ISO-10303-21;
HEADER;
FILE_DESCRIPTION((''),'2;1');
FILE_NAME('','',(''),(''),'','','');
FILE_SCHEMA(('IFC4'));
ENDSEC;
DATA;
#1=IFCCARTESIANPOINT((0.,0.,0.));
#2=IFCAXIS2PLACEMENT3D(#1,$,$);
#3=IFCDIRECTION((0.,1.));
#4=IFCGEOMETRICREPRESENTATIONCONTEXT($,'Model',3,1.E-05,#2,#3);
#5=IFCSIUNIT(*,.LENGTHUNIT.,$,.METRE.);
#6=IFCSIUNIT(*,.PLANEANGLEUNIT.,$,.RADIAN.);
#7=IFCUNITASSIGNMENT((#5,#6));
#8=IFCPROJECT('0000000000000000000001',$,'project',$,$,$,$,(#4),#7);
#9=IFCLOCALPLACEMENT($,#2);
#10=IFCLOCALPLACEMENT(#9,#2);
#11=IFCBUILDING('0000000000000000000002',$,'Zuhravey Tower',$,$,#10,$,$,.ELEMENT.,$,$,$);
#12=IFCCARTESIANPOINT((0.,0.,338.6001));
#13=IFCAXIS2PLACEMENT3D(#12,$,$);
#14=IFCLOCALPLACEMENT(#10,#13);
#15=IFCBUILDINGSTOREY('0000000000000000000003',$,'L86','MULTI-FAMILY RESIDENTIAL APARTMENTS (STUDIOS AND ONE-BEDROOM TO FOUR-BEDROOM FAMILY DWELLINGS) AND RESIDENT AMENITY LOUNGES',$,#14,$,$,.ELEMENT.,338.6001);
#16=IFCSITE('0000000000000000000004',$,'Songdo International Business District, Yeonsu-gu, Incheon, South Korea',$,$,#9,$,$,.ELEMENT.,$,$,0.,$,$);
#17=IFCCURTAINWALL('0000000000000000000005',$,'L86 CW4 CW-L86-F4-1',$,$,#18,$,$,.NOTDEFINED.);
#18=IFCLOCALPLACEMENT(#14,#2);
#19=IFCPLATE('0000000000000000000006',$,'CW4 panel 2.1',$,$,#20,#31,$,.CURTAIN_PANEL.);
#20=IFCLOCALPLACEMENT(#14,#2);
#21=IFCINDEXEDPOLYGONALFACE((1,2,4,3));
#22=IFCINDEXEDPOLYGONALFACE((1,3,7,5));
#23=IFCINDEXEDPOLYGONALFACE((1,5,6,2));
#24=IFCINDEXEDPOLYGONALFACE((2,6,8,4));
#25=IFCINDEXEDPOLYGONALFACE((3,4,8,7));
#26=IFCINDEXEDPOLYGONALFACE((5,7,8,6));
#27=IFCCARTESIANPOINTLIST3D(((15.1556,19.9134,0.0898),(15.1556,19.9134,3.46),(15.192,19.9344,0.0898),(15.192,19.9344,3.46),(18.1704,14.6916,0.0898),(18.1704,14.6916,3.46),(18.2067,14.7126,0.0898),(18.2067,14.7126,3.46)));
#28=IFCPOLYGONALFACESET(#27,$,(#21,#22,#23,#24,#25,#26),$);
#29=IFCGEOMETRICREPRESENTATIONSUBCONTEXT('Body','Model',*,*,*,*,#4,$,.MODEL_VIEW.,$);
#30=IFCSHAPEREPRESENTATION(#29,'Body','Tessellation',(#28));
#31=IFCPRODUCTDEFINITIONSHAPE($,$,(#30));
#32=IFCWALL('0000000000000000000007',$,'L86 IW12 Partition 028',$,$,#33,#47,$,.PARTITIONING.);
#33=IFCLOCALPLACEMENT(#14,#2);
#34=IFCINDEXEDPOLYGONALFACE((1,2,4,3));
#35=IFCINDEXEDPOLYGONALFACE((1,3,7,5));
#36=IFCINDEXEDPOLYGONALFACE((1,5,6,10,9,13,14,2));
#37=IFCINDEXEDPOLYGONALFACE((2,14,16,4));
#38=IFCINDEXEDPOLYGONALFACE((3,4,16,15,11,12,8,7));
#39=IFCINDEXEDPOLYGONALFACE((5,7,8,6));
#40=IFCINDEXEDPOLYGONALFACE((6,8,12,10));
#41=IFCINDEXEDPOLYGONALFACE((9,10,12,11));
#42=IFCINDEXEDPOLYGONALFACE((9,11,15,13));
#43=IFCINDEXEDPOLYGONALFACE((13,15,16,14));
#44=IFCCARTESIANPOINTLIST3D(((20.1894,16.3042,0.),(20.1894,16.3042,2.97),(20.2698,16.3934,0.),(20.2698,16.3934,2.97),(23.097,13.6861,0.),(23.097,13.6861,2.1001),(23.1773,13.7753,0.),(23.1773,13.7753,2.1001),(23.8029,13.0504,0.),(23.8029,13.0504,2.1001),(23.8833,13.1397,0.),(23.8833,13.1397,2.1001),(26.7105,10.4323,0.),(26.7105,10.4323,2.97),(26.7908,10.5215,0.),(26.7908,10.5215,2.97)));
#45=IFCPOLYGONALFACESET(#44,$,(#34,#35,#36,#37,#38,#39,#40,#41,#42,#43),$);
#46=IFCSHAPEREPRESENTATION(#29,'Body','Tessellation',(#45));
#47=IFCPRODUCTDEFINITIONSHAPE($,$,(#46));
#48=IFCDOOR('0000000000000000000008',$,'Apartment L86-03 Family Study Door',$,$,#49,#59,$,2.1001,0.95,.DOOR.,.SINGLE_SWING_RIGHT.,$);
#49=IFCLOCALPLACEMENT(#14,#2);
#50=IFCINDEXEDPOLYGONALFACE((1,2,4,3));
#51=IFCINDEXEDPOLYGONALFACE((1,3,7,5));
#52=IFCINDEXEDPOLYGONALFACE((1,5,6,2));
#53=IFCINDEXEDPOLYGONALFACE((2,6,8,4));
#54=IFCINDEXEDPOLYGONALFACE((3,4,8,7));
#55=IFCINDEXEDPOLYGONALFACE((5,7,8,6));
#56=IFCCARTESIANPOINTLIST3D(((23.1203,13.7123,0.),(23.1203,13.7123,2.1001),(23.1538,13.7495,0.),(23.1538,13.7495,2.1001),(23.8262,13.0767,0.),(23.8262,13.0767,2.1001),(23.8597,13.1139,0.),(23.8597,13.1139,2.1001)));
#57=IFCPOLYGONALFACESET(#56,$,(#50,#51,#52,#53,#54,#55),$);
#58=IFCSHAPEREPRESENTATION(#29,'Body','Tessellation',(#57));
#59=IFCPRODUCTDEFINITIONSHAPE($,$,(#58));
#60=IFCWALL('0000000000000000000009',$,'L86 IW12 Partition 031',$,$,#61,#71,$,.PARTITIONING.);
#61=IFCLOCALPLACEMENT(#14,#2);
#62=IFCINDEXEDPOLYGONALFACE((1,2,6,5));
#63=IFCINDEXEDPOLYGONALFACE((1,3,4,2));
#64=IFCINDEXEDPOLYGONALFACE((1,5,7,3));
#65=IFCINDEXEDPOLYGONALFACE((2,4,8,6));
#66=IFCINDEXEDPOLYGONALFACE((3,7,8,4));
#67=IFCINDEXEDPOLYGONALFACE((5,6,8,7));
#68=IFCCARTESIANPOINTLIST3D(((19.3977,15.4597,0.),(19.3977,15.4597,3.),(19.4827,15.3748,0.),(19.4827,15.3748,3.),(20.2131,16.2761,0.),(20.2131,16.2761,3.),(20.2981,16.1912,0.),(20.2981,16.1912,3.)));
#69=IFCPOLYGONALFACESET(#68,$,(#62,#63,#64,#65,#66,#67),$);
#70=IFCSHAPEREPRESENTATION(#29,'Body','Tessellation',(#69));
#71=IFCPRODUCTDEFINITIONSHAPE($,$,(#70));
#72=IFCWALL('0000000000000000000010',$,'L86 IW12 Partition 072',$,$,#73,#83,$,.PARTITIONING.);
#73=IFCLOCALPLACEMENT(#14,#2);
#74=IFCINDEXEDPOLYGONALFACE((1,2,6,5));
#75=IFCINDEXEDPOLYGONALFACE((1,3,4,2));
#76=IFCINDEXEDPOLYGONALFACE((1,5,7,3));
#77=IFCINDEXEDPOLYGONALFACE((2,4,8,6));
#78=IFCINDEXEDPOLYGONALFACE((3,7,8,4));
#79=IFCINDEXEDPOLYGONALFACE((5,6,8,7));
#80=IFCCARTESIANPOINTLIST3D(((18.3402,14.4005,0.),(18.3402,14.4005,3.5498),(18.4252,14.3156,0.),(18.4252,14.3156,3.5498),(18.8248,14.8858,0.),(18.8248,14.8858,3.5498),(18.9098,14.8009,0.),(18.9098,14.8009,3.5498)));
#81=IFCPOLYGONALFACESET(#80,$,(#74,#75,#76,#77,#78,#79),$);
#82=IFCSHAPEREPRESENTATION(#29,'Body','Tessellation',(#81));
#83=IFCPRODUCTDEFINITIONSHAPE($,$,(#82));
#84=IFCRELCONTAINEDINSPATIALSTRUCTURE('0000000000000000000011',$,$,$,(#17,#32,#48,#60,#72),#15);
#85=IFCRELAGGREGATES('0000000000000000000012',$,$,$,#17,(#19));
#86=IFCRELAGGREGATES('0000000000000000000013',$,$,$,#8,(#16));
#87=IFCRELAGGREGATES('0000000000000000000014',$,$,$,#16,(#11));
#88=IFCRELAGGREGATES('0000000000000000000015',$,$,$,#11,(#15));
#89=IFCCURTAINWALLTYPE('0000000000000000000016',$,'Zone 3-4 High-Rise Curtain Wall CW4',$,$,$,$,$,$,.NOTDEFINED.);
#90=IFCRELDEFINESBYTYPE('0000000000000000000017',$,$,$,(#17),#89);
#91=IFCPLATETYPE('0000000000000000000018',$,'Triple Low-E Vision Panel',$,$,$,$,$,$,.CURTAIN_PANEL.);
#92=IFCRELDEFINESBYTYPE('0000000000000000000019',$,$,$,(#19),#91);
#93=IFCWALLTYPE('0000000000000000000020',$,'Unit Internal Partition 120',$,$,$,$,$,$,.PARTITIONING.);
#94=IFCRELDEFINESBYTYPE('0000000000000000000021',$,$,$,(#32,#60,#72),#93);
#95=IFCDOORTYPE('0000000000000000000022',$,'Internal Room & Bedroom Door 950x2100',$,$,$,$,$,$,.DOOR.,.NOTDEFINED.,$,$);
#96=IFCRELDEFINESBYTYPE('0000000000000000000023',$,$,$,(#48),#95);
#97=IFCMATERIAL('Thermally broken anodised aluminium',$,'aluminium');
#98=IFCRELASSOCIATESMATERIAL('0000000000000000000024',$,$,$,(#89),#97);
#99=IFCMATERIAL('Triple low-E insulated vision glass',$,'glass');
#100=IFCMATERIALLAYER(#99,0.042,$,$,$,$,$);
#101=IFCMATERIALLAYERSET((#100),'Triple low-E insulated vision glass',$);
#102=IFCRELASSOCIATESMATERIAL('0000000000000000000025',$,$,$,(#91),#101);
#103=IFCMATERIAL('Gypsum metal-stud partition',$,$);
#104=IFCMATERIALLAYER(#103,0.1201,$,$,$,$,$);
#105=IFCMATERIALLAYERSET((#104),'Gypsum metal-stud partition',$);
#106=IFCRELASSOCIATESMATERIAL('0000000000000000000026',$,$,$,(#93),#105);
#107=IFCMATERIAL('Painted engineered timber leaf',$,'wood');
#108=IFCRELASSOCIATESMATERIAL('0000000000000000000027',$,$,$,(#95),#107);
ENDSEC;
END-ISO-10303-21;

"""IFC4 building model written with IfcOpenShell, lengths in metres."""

from ifc_helpers import new_model, si_unit, direction, frame, frame_2d, origin, origin_2d, place, context, subcontext, project, spatial, rectangle, extrude, material, layer, layer_set, type_object, element, fill, aggregate, save


model = new_model("IFC4")

# Units and contexts
model_context = context("Model", 3, precision=1e-05, world=origin(), true_north=direction((0.0, 1.0)))
body_context = subcontext(model_context, "Body", "Model", "MODEL_VIEW")
ifc_project = project(units=[si_unit("LENGTHUNIT", "METRE"), si_unit("PLANEANGLEUNIT", "RADIAN")], contexts=[model_context])

# Site, building, storey
site_placement = place(None, origin())
site = spatial("IfcSite", under=ifc_project, at=site_placement, Name="Songdo International Business District, Yeonsu-gu, Incheon, South Korea", CompositionType="ELEMENT", RefElevation=0.0)
building_placement = place(site_placement, origin())
building = spatial("IfcBuilding", under=site, at=building_placement, Name="Zuhravey Tower", CompositionType="ELEMENT")
storey_placement = place(building_placement, frame((0.0, 0.0, 338.6001)))
storey = spatial("IfcBuildingStorey", under=building, at=storey_placement, Name="L86", Description="MULTI-FAMILY RESIDENTIAL APARTMENTS (STUDIOS AND ONE-BEDROOM TO FOUR-BEDROOM FAMILY DWELLINGS) AND RESIDENT AMENITY LOUNGES", CompositionType="ELEMENT", Elevation=338.6001)

# Curtain wall
ifc_material_1 = material(Name="Thermally broken anodised aluminium", Category="aluminium")
curtain_wall_type = type_object("IfcCurtainWallType", Name="Zone 3-4 High-Rise Curtain Wall CW4", PredefinedType="NOTDEFINED", material=ifc_material_1)
curtain_wall_placement = place(storey_placement, origin())
curtain_wall = element("IfcCurtainWall", 1, at=curtain_wall_placement, inside=storey, type_object=curtain_wall_type, Name="L86 CW4 CW-L86-F4-1", PredefinedType="NOTDEFINED")

# Plate
ifc_material_2 = material(Name="Triple low-E insulated vision glass", Category="glass")
ifc_layer_1 = layer(ifc_material_2, 0.042)
ifc_layer_set_1 = layer_set([ifc_layer_1], Name="Triple low-E insulated vision glass")
plate_type_1 = type_object("IfcPlateType", Name="Triple Low-E Vision Panel", PredefinedType="CURTAIN_PANEL", material=ifc_layer_set_1)
plate_1_placement = place(storey_placement, frame((16.6812, 17.313, 0.0898), z_axis=(0.0, 0.0, 1.0), x_axis=(-0.5, 0.866026, 0.0)))
plate_1 = element("IfcPlate", 2, at=plate_1_placement, type_object=plate_type_1, Name="CW4 panel 2.1", PredefinedType="CURTAIN_PANEL", context=body_context, shape_type="SweptSolid", body=[
    extrude(rectangle(XDim=6.0295, YDim=0.042, at=origin_2d()), origin(), (0.0, 0.0, 1.0), 3.3701),
])
aggregate(curtain_wall, [plate_1])

# Wall, opening, door
ifc_material_3 = material(Name="Gypsum metal-stud partition")
ifc_layer_2 = layer(ifc_material_3, 0.1201)
ifc_layer_set_2 = layer_set([ifc_layer_2], Name="Gypsum metal-stud partition")
wall_type = type_object("IfcWallType", Name="Unit Internal Partition 120", PredefinedType="PARTITIONING", material=ifc_layer_set_2)
wall_1_placement = place(storey_placement, frame((20.2295, 16.3489, 0.0), z_axis=(0.0, 0.0, 1.0), x_axis=(0.743128, -0.669149, 0.0)))
wall_1 = element("IfcWall", 3, at=wall_1_placement, inside=storey, type_object=wall_type, Name="L86 IW12 Partition 028", PredefinedType="PARTITIONING", context=body_context, shape_type="SweptSolid", body=[
    extrude(rectangle(XDim=8.7751, YDim=0.1201, at=frame_2d((4.3877, 0.0))), origin(), (0.0, 0.0, 1.0), 2.97),
])
opening_placement = place(wall_1_placement, frame((3.9126, 0.0, 0.0)))
opening = element("IfcOpeningElement", 4, at=opening_placement, cuts=wall_1, PredefinedType="OPENING", context=body_context, shape_type="SweptSolid", body=[
    extrude(rectangle(XDim=0.95, YDim=2.1001, at=frame_2d((0.4751, 1.05))), frame((0.0, 0.072, 0.0), z_axis=(0.0, -1.0, 0.0), x_axis=(1.0, 0.0, 0.0)), (0.0, 0.0, 1.0), 0.144),
])
ifc_material_4 = material(Name="Painted engineered timber leaf", Category="wood")
door_type = type_object("IfcDoorType", Name="Internal Room & Bedroom Door 950x2100", OperationType="NOTDEFINED", PredefinedType="DOOR", material=ifc_material_4)
door_placement = place(opening_placement, frame((0.95, 0.0, 0.0), z_axis=(0.0, 0.0, 1.0), x_axis=(-1.0, 0.0, 0.0)))
door = element("IfcDoor", 5, at=door_placement, inside=storey, type_object=door_type, Name="Apartment L86-03 Family Study Door", OperationType="SINGLE_SWING_RIGHT", OverallHeight=2.1001, OverallWidth=0.95, PredefinedType="DOOR", context=body_context, shape_type="SweptSolid", body=[
    extrude(rectangle(XDim=0.95, YDim=2.1001, at=frame_2d((0.4751, 1.05))), frame((0.0, 0.0249, 0.0), z_axis=(0.0, -1.0, 0.0), x_axis=(1.0, 0.0, 0.0)), (0.0, 0.0, 1.0), 0.05),
])
fill(opening, door)

# Walls
wall_2_placement = place(storey_placement, frame((20.2556, 16.2336, 0.0), z_axis=(0.0, 0.0, 1.0), x_axis=(-0.706683, -0.70753, 0.0)))
element("IfcWall", 6, at=wall_2_placement, inside=storey, type_object=wall_type, Name="L86 IW12 Partition 031", PredefinedType="PARTITIONING", context=body_context, shape_type="SweptSolid", body=[
    extrude(rectangle(XDim=1.1538, YDim=0.1201, at=frame_2d((0.5769, 0.0))), origin(), (0.0, 0.0, 1.0), 3.0),
])
wall_3_placement = place(storey_placement, frame((18.8672, 14.8433, 0.0), z_axis=(0.0, 0.0, 1.0), x_axis=(-0.706573, -0.707641, 0.0)))
element("IfcWall", 7, at=wall_3_placement, inside=storey, type_object=wall_type, Name="L86 IW12 Partition 072", PredefinedType="PARTITIONING", context=body_context, shape_type="SweptSolid", body=[
    extrude(rectangle(XDim=0.6858, YDim=0.1201, at=frame_2d((0.3428, 0.0))), origin(), (0.0, 0.0, 1.0), 3.5498),
])

save(model, "model.ifc")
